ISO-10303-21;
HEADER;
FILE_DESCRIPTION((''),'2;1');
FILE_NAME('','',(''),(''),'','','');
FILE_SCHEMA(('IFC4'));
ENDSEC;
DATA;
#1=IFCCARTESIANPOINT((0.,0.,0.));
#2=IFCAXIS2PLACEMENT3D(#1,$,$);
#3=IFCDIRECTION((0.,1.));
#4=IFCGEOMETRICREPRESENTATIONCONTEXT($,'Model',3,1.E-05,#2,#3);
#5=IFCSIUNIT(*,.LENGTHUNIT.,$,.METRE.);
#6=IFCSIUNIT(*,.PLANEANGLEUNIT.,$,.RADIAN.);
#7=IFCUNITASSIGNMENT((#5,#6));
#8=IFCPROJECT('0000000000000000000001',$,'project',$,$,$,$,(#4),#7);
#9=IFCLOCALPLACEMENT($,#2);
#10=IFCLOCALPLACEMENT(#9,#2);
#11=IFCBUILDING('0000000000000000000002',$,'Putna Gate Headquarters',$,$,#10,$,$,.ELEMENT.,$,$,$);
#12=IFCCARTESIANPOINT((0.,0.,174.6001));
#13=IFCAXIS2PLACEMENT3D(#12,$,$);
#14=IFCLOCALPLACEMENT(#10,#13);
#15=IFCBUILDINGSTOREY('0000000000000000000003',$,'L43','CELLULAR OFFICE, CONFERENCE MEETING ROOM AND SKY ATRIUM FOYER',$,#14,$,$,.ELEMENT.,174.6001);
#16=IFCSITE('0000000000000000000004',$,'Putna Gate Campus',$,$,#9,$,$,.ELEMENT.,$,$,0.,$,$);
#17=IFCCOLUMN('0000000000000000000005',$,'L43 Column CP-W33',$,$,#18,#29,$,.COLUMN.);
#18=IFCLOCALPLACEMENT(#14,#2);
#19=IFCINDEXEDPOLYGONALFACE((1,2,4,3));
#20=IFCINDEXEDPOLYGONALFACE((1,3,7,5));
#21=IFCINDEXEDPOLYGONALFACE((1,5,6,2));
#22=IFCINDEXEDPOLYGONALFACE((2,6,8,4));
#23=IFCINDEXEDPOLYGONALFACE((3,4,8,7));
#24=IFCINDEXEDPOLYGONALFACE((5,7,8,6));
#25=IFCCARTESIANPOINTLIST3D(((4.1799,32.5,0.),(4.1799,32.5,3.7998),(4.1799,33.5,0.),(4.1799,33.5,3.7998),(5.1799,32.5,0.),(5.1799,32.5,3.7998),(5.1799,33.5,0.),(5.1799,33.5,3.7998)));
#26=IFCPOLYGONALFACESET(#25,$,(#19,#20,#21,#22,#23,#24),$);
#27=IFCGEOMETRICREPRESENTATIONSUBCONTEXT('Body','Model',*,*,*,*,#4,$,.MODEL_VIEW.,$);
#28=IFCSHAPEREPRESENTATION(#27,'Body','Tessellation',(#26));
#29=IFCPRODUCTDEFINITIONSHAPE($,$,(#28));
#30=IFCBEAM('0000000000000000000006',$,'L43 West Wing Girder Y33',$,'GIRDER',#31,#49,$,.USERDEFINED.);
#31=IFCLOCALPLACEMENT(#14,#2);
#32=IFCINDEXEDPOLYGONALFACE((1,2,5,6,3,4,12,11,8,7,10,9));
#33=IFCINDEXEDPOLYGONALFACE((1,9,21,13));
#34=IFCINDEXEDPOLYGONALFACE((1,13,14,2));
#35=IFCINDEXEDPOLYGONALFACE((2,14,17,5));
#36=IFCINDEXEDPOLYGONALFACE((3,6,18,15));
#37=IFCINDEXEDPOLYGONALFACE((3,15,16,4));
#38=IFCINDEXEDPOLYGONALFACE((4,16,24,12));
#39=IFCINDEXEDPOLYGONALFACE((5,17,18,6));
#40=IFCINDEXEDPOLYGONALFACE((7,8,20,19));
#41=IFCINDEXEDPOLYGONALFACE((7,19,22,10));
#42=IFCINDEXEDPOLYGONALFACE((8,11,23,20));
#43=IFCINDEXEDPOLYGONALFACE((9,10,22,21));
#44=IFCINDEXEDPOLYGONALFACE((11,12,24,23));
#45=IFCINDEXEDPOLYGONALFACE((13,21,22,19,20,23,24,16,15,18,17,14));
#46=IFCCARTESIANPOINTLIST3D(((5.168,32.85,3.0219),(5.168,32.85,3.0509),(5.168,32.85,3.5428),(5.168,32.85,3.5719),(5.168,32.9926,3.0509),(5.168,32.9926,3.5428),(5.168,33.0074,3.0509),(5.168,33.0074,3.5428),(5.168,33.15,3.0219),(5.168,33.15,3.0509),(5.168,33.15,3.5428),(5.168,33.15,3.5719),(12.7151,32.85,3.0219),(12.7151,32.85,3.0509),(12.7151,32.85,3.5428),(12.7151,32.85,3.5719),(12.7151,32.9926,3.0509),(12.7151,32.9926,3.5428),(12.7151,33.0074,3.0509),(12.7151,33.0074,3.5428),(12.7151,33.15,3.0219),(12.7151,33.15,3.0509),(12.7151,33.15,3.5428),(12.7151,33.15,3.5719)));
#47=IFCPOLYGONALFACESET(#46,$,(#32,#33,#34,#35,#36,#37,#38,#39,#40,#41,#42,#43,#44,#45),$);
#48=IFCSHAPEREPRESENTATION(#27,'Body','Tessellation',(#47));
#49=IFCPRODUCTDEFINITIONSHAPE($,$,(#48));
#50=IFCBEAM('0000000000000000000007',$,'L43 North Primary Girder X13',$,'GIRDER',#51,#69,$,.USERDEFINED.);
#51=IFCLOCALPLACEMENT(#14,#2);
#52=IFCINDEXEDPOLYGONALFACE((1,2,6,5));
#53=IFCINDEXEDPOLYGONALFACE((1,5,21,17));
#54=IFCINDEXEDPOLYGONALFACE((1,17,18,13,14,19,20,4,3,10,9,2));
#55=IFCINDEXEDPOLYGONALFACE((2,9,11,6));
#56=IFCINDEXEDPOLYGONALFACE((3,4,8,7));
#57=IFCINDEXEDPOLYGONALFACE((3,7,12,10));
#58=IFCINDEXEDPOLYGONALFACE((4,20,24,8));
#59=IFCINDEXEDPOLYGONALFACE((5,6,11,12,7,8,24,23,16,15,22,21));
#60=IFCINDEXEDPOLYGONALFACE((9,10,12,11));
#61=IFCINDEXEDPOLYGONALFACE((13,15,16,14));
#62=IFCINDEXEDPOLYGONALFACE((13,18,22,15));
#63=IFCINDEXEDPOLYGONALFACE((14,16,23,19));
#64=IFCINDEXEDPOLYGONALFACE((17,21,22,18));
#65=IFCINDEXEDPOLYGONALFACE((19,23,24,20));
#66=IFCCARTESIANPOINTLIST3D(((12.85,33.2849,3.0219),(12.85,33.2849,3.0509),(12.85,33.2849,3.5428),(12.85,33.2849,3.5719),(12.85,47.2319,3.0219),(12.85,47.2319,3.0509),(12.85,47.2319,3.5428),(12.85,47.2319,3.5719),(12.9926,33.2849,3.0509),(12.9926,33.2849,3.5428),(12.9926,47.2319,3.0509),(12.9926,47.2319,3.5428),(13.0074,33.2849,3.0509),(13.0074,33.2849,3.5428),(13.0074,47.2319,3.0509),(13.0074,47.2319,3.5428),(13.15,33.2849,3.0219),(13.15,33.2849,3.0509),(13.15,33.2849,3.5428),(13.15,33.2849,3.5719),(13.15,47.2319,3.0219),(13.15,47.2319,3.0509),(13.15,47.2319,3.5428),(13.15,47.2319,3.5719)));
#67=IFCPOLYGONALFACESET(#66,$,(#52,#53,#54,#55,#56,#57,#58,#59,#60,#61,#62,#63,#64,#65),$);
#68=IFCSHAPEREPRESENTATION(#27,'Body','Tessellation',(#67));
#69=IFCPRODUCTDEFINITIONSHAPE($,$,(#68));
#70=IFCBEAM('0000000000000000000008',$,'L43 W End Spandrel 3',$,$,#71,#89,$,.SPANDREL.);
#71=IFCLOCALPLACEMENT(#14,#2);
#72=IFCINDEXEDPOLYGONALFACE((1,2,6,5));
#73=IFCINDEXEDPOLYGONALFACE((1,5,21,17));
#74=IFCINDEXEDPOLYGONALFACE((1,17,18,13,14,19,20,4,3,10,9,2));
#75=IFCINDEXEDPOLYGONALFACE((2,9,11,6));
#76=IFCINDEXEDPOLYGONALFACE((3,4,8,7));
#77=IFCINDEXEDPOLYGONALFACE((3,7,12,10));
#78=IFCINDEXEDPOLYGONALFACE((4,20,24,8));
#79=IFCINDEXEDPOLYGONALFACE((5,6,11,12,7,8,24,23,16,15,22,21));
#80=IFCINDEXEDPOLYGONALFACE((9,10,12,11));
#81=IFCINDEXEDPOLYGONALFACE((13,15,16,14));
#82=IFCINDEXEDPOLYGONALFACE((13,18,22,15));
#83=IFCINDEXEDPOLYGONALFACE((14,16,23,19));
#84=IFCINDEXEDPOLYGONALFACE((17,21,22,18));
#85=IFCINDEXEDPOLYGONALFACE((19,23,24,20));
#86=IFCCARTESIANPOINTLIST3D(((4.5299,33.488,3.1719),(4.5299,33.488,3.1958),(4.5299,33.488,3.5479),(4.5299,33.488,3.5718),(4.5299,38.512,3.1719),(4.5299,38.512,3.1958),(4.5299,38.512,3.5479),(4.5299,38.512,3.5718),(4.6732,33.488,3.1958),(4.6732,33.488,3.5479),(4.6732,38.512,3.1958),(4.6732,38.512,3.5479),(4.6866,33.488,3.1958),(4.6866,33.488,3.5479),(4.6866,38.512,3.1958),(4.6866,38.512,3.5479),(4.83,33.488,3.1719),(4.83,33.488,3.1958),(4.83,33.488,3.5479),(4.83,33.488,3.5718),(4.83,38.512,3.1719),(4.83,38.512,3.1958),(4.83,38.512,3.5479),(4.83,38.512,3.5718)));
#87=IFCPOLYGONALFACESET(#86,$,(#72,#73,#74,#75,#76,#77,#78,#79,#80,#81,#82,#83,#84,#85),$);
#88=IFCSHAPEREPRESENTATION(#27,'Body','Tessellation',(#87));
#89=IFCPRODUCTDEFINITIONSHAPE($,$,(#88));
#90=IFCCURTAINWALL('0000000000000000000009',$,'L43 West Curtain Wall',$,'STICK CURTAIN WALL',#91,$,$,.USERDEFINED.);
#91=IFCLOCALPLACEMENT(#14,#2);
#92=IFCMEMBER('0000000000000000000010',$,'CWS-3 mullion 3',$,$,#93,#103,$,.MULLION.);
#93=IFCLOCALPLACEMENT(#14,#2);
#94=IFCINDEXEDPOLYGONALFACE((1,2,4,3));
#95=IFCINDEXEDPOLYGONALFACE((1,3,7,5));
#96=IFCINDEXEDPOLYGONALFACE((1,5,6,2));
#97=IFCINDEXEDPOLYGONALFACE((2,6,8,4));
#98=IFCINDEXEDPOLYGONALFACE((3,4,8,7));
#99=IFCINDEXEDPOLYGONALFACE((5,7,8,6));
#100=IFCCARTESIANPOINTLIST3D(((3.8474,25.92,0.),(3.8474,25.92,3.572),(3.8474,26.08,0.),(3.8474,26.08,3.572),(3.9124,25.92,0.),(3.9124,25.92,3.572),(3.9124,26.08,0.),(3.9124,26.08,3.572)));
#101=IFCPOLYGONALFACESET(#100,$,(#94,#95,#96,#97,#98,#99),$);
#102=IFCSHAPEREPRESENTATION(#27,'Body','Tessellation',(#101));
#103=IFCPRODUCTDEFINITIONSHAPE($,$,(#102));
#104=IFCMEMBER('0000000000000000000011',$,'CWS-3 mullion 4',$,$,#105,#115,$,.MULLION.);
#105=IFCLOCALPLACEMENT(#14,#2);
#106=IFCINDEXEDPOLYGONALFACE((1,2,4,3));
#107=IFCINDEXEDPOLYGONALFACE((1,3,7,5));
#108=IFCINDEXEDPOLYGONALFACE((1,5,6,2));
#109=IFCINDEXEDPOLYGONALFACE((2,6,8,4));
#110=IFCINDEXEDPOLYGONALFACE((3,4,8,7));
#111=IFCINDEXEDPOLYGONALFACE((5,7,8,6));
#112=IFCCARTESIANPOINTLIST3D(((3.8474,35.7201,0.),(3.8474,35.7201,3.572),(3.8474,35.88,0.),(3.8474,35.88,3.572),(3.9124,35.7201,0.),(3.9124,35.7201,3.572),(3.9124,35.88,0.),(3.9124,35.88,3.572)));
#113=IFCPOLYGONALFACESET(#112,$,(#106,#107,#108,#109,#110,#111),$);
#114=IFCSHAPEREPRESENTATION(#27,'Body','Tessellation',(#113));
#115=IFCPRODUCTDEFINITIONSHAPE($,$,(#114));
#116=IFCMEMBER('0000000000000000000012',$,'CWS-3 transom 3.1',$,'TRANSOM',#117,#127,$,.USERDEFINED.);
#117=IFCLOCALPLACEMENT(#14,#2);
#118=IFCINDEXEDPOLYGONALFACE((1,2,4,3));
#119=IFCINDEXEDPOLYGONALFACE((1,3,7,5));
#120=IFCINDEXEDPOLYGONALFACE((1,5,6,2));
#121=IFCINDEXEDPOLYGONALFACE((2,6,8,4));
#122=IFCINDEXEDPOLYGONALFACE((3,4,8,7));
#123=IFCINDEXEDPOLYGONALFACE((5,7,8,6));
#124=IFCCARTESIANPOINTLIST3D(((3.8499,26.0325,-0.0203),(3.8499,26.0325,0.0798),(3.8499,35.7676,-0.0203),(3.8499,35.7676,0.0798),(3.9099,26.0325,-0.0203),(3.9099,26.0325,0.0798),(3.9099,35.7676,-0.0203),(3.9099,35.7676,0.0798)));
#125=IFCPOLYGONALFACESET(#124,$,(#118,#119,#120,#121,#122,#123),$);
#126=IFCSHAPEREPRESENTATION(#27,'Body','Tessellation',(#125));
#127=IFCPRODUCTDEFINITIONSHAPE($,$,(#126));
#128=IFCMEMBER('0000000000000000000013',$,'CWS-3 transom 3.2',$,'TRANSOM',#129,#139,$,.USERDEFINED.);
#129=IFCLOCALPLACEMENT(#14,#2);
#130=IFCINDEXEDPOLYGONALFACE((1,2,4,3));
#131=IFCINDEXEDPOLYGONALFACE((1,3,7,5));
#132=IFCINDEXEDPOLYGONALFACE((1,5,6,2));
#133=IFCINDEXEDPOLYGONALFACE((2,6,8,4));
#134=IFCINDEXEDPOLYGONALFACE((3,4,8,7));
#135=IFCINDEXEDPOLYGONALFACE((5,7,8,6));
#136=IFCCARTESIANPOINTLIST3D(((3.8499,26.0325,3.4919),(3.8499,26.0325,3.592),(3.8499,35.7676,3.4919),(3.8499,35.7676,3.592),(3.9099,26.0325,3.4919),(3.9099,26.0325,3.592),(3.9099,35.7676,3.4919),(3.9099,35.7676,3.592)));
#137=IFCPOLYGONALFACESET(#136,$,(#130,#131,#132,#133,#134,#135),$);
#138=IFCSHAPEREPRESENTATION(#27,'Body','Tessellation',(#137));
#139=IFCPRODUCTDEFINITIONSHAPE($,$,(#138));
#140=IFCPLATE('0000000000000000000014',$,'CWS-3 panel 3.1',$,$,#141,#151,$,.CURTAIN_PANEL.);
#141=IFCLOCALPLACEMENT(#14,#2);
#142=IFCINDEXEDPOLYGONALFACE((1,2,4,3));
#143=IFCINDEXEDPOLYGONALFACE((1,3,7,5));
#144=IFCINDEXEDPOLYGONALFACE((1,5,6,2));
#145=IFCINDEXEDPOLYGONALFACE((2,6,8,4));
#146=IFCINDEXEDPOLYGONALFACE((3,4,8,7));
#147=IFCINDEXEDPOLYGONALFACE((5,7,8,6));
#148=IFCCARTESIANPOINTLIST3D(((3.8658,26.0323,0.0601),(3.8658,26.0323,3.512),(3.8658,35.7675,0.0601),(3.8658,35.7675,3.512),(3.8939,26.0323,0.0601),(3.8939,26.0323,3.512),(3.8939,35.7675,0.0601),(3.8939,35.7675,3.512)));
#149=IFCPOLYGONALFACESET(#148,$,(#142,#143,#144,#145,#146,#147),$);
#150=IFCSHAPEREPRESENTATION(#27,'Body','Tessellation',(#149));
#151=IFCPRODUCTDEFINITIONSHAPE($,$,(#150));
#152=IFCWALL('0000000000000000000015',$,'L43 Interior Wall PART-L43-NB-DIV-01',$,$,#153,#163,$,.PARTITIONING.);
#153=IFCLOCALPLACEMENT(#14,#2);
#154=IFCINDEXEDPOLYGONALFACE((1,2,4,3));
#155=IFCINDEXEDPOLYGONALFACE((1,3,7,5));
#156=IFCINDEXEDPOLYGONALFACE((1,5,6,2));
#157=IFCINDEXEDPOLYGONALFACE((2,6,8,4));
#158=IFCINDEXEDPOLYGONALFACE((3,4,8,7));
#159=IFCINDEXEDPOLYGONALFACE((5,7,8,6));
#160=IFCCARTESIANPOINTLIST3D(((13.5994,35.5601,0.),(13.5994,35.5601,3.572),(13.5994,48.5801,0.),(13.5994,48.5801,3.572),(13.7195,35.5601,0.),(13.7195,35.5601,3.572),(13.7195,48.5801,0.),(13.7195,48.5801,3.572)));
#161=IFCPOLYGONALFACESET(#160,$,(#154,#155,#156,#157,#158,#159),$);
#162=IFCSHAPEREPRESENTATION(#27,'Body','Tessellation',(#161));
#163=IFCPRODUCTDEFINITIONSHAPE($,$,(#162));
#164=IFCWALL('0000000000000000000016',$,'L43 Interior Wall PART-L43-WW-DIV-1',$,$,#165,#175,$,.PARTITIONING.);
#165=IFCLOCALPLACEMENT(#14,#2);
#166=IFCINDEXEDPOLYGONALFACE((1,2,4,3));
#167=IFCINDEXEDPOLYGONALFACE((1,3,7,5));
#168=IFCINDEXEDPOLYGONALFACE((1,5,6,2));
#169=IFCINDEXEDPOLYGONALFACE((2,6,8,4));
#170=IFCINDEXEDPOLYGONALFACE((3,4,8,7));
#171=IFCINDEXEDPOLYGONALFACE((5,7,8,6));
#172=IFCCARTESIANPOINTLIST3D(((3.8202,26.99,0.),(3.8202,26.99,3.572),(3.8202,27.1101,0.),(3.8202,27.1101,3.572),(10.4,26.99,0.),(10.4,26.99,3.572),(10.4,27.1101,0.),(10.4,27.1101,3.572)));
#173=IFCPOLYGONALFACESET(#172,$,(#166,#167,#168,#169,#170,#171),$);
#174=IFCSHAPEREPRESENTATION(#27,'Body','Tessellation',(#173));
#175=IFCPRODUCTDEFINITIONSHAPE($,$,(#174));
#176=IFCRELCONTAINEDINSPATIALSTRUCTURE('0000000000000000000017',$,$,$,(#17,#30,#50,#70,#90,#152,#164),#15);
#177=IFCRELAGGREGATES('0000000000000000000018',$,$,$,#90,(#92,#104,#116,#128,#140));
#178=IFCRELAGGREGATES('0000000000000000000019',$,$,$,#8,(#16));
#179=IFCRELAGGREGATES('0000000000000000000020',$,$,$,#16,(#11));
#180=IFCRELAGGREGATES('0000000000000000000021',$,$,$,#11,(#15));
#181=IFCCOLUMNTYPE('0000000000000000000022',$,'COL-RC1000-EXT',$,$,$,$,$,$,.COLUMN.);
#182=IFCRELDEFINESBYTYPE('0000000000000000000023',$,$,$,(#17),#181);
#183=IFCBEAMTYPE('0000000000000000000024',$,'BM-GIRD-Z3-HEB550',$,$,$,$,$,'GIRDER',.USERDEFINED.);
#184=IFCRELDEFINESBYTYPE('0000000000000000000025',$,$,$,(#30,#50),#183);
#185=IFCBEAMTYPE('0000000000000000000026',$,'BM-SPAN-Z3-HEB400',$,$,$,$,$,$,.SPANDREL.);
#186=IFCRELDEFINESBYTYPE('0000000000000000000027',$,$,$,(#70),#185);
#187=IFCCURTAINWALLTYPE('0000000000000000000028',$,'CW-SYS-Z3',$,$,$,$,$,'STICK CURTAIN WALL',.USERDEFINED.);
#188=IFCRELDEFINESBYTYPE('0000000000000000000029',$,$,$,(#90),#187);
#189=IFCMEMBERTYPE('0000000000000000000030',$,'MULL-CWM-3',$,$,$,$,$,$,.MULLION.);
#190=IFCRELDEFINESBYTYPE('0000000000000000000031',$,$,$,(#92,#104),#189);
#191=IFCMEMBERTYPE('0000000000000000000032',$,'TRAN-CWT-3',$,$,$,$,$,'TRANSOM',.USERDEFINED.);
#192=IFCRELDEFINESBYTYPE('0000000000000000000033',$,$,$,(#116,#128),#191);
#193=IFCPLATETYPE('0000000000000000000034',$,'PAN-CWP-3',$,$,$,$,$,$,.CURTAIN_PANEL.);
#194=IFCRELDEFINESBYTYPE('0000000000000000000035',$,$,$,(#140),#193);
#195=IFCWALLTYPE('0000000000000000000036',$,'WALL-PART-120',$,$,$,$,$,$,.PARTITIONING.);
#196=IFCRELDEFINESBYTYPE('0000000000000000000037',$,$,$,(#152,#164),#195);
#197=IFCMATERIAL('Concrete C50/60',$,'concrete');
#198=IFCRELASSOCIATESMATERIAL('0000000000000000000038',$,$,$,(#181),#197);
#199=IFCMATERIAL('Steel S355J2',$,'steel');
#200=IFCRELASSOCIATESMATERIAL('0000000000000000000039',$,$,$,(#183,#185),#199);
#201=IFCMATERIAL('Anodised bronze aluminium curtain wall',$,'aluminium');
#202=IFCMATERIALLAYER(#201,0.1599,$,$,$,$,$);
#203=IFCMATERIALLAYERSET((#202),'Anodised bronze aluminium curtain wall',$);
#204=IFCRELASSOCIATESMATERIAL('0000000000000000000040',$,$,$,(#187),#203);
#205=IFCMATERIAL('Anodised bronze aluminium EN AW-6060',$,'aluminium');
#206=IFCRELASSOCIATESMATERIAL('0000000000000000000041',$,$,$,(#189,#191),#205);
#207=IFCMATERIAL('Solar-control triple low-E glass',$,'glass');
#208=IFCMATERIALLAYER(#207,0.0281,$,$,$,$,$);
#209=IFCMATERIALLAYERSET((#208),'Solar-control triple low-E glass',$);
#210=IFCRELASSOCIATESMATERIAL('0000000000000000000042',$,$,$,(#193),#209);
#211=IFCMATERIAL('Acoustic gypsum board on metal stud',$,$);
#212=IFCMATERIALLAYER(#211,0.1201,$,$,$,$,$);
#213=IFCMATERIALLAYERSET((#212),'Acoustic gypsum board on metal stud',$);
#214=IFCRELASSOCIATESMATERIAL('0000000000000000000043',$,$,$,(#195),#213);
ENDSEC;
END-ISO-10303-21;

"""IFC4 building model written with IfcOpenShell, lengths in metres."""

from ifc_helpers import new_model, si_unit, direction, frame, frame_2d, origin, origin_2d, place, context, subcontext, project, spatial, rectangle, i_section, extrude, material, layer, layer_set, material_profile, profile_set, type_object, element, aggregate, save


model = new_model("IFC4")

# Units and contexts
model_context = context("Model", 3, precision=1e-05, world=origin(), true_north=direction((0.0, 1.0)))
body_context = subcontext(model_context, "Body", "Model", "MODEL_VIEW")
ifc_project = project(units=[si_unit("LENGTHUNIT", "METRE"), si_unit("PLANEANGLEUNIT", "RADIAN")], contexts=[model_context])

# Site, building, storey
site_placement = place(None, origin())
site = spatial("IfcSite", under=ifc_project, at=site_placement, Name="Putna Gate Campus", CompositionType="ELEMENT", RefElevation=0.0)
building_placement = place(site_placement, origin())
building = spatial("IfcBuilding", under=site, at=building_placement, Name="Putna Gate Headquarters", CompositionType="ELEMENT")
storey_placement = place(building_placement, frame((0.0, 0.0, 174.6001)))
storey = spatial("IfcBuildingStorey", under=building, at=storey_placement, Name="L43", Description="CELLULAR OFFICE, CONFERENCE MEETING ROOM AND SKY ATRIUM FOYER", CompositionType="ELEMENT", Elevation=174.6001)

# Column
ifc_material_1 = material(Name="Concrete C50/60", Category="concrete")
ifc_material_profile_1 = material_profile(ifc_material_1, rectangle(XDim=1.0, YDim=1.0, at=origin_2d()), Name="Concrete C50/60")
ifc_profile_set_1 = profile_set([ifc_material_profile_1], Name="Concrete C50/60")
column_type = type_object("IfcColumnType", Name="COL-RC1000-EXT", PredefinedType="COLUMN", material=ifc_profile_set_1)
column_placement = place(storey_placement, frame((4.6799, 33.0, 0.0), z_axis=(0.0, 0.0, 1.0), x_axis=(1.0, 0.0, 0.0)))
element("IfcColumn", 1, at=column_placement, inside=storey, type_object=column_type, Name="L43 Column CP-W33", PredefinedType="COLUMN", context=body_context, shape_type="SweptSolid", body=[
    extrude(rectangle(XDim=1.0, YDim=1.0, at=origin_2d()), origin(), (0.0, 0.0, 1.0), 3.7998),
])

# Beams
ifc_material_2 = material(Name="Steel S355J2", Category="steel")
ifc_material_profile_2 = material_profile(ifc_material_2, i_section(OverallWidth=0.3, OverallDepth=0.55, WebThickness=0.0149, FlangeThickness=0.0291, at=origin_2d()), Name="Steel S355J2")
ifc_profile_set_2 = profile_set([ifc_material_profile_2], Name="Steel S355J2")
beam_type_1 = type_object("IfcBeamType", Name="BM-GIRD-Z3-HEB550", ElementType="GIRDER", PredefinedType="USERDEFINED", material=ifc_profile_set_2)
beam_1_placement = place(storey_placement, frame((5.168, 33.0, 3.2969), z_axis=(1.0, 0.0, 0.0), x_axis=(0.0, 1.0, 0.0)))
element("IfcBeam", 2, at=beam_1_placement, inside=storey, type_object=beam_type_1, Name="L43 West Wing Girder Y33", ObjectType="GIRDER", PredefinedType="USERDEFINED", context=body_context, shape_type="SweptSolid", body=[
    extrude(i_section(OverallWidth=0.3, OverallDepth=0.55, WebThickness=0.0149, FlangeThickness=0.0291, at=origin_2d()), origin(), (0.0, 0.0, 1.0), 7.5471),
])
beam_2_placement = place(storey_placement, frame((13.0, 33.2849, 3.2969), z_axis=(0.0, 1.0, 0.0), x_axis=(-1.0, 0.0, 0.0)))
element("IfcBeam", 3, at=beam_2_placement, inside=storey, type_object=beam_type_1, Name="L43 North Primary Girder X13", ObjectType="GIRDER", PredefinedType="USERDEFINED", context=body_context, shape_type="SweptSolid", body=[
    extrude(i_section(OverallWidth=0.3, OverallDepth=0.55, WebThickness=0.0149, FlangeThickness=0.0291, at=origin_2d()), origin(), (0.0, 0.0, 1.0), 13.947),
])
ifc_material_profile_3 = material_profile(ifc_material_2, i_section(OverallWidth=0.3, OverallDepth=0.3999, WebThickness=0.0134, FlangeThickness=0.0239, at=origin_2d()), Name="Steel S355J2")
ifc_profile_set_3 = profile_set([ifc_material_profile_3], Name="Steel S355J2")
beam_type_2 = type_object("IfcBeamType", Name="BM-SPAN-Z3-HEB400", PredefinedType="SPANDREL", material=ifc_profile_set_3)
beam_3_placement = place(storey_placement, frame((4.6799, 33.488, 3.3718), z_axis=(0.0, 1.0, 0.0), x_axis=(-1.0, 0.0, 0.0)))
element("IfcBeam", 4, at=beam_3_placement, inside=storey, type_object=beam_type_2, Name="L43 W End Spandrel 3", PredefinedType="SPANDREL", context=body_context, shape_type="SweptSolid", body=[
    extrude(i_section(OverallWidth=0.3, OverallDepth=0.3999, WebThickness=0.0134, FlangeThickness=0.0239, at=origin_2d()), origin(), (0.0, 0.0, 1.0), 5.0239),
])

# Curtain wall, members, plate
ifc_material_3 = material(Name="Anodised bronze aluminium curtain wall", Category="aluminium")
ifc_layer_1 = layer(ifc_material_3, 0.1599)
ifc_layer_set_1 = layer_set([ifc_layer_1], Name="Anodised bronze aluminium curtain wall")
curtain_wall_type = type_object("IfcCurtainWallType", Name="CW-SYS-Z3", ElementType="STICK CURTAIN WALL", PredefinedType="USERDEFINED", material=ifc_layer_set_1)
curtain_wall_placement = place(storey_placement, origin())
curtain_wall = element("IfcCurtainWall", 5, at=curtain_wall_placement, inside=storey, type_object=curtain_wall_type, Name="L43 West Curtain Wall", ObjectType="STICK CURTAIN WALL", PredefinedType="USERDEFINED")
ifc_material_4 = material(Name="Anodised bronze aluminium EN AW-6060", Category="aluminium")
ifc_material_profile_4 = material_profile(ifc_material_4, rectangle(XDim=0.0649, YDim=0.1599, at=origin_2d()), Name="Anodised bronze aluminium EN AW-6060")
ifc_profile_set_4 = profile_set([ifc_material_profile_4], Name="Anodised bronze aluminium EN AW-6060")
member_type_1 = type_object("IfcMemberType", Name="MULL-CWM-3", PredefinedType="MULLION", material=ifc_profile_set_4)
member_1_placement = place(storey_placement, frame((3.8799, 26.0, 0.0), z_axis=(0.0, 0.0, 1.0), x_axis=(-1.0, 0.0, 0.0)))
member_1 = element("IfcMember", 6, at=member_1_placement, type_object=member_type_1, Name="CWS-3 mullion 3", PredefinedType="MULLION", context=body_context, shape_type="SweptSolid", body=[
    extrude(rectangle(XDim=0.0649, YDim=0.1599, at=origin_2d()), origin(), (0.0, 0.0, 1.0), 3.572),
])
member_2_placement = place(storey_placement, frame((3.8799, 35.8, 0.0), z_axis=(0.0, 0.0, 1.0), x_axis=(-1.0, 0.0, 0.0)))
member_2 = element("IfcMember", 7, at=member_2_placement, type_object=member_type_1, Name="CWS-3 mullion 4", PredefinedType="MULLION", context=body_context, shape_type="SweptSolid", body=[
    extrude(rectangle(XDim=0.0649, YDim=0.1599, at=origin_2d()), origin(), (0.0, 0.0, 1.0), 3.572),
])
ifc_material_profile_5 = material_profile(ifc_material_4, rectangle(XDim=0.0601, YDim=0.1001, at=origin_2d()), Name="Anodised bronze aluminium EN AW-6060")
ifc_profile_set_5 = profile_set([ifc_material_profile_5], Name="Anodised bronze aluminium EN AW-6060")
member_type_2 = type_object("IfcMemberType", Name="TRAN-CWT-3", ElementType="TRANSOM", PredefinedType="USERDEFINED", material=ifc_profile_set_5)
member_3_placement = place(storey_placement, frame((3.8799, 26.0325, 0.0298), z_axis=(0.0, 1.0, 0.0), x_axis=(-1.0, 0.0, 0.0)))
member_3 = element("IfcMember", 8, at=member_3_placement, type_object=member_type_2, Name="CWS-3 transom 3.1", ObjectType="TRANSOM", PredefinedType="USERDEFINED", context=body_context, shape_type="SweptSolid", body=[
    extrude(rectangle(XDim=0.0601, YDim=0.1001, at=origin_2d()), origin(), (0.0, 0.0, 1.0), 9.7351),
])
member_4_placement = place(storey_placement, frame((3.8799, 26.0325, 3.542), z_axis=(0.0, 1.0, 0.0), x_axis=(-1.0, 0.0, 0.0)))
member_4 = element("IfcMember", 9, at=member_4_placement, type_object=member_type_2, Name="CWS-3 transom 3.2", ObjectType="TRANSOM", PredefinedType="USERDEFINED", context=body_context, shape_type="SweptSolid", body=[
    extrude(rectangle(XDim=0.0601, YDim=0.1001, at=origin_2d()), origin(), (0.0, 0.0, 1.0), 9.7351),
])
ifc_material_5 = material(Name="Solar-control triple low-E glass", Category="glass")
ifc_layer_2 = layer(ifc_material_5, 0.0281)
ifc_layer_set_2 = layer_set([ifc_layer_2], Name="Solar-control triple low-E glass")
plate_type = type_object("IfcPlateType", Name="PAN-CWP-3", PredefinedType="CURTAIN_PANEL", material=ifc_layer_set_2)
plate_placement = place(storey_placement, frame((3.8799, 30.8999, 0.0601), z_axis=(0.0, 0.0, 1.0), x_axis=(0.0, 1.0, 0.0)))
plate = element("IfcPlate", 10, at=plate_placement, type_object=plate_type, Name="CWS-3 panel 3.1", PredefinedType="CURTAIN_PANEL", context=body_context, shape_type="SweptSolid", body=[
    extrude(rectangle(XDim=9.7351, YDim=0.0281, at=origin_2d()), origin(), (0.0, 0.0, 1.0), 3.4519),
])
aggregate(curtain_wall, [member_1, member_2, member_3, member_4, plate])

# Walls
ifc_material_6 = material(Name="Acoustic gypsum board on metal stud")
ifc_layer_3 = layer(ifc_material_6, 0.1201)
ifc_layer_set_3 = layer_set([ifc_layer_3], Name="Acoustic gypsum board on metal stud")
wall_type_1 = type_object("IfcWallType", Name="WALL-PART-120", PredefinedType="PARTITIONING", material=ifc_layer_set_3)
wall_1_placement = place(storey_placement, frame((13.6594, 35.5601, 0.0), z_axis=(0.0, 0.0, 1.0), x_axis=(0.0, 1.0, 0.0)))
element("IfcWall", 11, at=wall_1_placement, inside=storey, type_object=wall_type_1, Name="L43 Interior Wall PART-L43-NB-DIV-01", PredefinedType="PARTITIONING", context=body_context, shape_type="SweptSolid", body=[
    extrude(rectangle(XDim=13.02, YDim=0.1201, at=frame_2d((6.51, 0.0))), origin(), (0.0, 0.0, 1.0), 3.572),
])
wall_2_placement = place(storey_placement, frame((3.8201, 27.05, 0.0), z_axis=(0.0, 0.0, 1.0), x_axis=(1.0, 0.0, 0.0)))
element("IfcWall", 12, at=wall_2_placement, inside=storey, type_object=wall_type_1, Name="L43 Interior Wall PART-L43-WW-DIV-1", PredefinedType="PARTITIONING", context=body_context, shape_type="SweptSolid", body=[
    extrude(rectangle(XDim=6.5798, YDim=0.1201, at=frame_2d((3.29, 0.0))), origin(), (0.0, 0.0, 1.0), 3.572),
])

save(model, "model.ifc")
